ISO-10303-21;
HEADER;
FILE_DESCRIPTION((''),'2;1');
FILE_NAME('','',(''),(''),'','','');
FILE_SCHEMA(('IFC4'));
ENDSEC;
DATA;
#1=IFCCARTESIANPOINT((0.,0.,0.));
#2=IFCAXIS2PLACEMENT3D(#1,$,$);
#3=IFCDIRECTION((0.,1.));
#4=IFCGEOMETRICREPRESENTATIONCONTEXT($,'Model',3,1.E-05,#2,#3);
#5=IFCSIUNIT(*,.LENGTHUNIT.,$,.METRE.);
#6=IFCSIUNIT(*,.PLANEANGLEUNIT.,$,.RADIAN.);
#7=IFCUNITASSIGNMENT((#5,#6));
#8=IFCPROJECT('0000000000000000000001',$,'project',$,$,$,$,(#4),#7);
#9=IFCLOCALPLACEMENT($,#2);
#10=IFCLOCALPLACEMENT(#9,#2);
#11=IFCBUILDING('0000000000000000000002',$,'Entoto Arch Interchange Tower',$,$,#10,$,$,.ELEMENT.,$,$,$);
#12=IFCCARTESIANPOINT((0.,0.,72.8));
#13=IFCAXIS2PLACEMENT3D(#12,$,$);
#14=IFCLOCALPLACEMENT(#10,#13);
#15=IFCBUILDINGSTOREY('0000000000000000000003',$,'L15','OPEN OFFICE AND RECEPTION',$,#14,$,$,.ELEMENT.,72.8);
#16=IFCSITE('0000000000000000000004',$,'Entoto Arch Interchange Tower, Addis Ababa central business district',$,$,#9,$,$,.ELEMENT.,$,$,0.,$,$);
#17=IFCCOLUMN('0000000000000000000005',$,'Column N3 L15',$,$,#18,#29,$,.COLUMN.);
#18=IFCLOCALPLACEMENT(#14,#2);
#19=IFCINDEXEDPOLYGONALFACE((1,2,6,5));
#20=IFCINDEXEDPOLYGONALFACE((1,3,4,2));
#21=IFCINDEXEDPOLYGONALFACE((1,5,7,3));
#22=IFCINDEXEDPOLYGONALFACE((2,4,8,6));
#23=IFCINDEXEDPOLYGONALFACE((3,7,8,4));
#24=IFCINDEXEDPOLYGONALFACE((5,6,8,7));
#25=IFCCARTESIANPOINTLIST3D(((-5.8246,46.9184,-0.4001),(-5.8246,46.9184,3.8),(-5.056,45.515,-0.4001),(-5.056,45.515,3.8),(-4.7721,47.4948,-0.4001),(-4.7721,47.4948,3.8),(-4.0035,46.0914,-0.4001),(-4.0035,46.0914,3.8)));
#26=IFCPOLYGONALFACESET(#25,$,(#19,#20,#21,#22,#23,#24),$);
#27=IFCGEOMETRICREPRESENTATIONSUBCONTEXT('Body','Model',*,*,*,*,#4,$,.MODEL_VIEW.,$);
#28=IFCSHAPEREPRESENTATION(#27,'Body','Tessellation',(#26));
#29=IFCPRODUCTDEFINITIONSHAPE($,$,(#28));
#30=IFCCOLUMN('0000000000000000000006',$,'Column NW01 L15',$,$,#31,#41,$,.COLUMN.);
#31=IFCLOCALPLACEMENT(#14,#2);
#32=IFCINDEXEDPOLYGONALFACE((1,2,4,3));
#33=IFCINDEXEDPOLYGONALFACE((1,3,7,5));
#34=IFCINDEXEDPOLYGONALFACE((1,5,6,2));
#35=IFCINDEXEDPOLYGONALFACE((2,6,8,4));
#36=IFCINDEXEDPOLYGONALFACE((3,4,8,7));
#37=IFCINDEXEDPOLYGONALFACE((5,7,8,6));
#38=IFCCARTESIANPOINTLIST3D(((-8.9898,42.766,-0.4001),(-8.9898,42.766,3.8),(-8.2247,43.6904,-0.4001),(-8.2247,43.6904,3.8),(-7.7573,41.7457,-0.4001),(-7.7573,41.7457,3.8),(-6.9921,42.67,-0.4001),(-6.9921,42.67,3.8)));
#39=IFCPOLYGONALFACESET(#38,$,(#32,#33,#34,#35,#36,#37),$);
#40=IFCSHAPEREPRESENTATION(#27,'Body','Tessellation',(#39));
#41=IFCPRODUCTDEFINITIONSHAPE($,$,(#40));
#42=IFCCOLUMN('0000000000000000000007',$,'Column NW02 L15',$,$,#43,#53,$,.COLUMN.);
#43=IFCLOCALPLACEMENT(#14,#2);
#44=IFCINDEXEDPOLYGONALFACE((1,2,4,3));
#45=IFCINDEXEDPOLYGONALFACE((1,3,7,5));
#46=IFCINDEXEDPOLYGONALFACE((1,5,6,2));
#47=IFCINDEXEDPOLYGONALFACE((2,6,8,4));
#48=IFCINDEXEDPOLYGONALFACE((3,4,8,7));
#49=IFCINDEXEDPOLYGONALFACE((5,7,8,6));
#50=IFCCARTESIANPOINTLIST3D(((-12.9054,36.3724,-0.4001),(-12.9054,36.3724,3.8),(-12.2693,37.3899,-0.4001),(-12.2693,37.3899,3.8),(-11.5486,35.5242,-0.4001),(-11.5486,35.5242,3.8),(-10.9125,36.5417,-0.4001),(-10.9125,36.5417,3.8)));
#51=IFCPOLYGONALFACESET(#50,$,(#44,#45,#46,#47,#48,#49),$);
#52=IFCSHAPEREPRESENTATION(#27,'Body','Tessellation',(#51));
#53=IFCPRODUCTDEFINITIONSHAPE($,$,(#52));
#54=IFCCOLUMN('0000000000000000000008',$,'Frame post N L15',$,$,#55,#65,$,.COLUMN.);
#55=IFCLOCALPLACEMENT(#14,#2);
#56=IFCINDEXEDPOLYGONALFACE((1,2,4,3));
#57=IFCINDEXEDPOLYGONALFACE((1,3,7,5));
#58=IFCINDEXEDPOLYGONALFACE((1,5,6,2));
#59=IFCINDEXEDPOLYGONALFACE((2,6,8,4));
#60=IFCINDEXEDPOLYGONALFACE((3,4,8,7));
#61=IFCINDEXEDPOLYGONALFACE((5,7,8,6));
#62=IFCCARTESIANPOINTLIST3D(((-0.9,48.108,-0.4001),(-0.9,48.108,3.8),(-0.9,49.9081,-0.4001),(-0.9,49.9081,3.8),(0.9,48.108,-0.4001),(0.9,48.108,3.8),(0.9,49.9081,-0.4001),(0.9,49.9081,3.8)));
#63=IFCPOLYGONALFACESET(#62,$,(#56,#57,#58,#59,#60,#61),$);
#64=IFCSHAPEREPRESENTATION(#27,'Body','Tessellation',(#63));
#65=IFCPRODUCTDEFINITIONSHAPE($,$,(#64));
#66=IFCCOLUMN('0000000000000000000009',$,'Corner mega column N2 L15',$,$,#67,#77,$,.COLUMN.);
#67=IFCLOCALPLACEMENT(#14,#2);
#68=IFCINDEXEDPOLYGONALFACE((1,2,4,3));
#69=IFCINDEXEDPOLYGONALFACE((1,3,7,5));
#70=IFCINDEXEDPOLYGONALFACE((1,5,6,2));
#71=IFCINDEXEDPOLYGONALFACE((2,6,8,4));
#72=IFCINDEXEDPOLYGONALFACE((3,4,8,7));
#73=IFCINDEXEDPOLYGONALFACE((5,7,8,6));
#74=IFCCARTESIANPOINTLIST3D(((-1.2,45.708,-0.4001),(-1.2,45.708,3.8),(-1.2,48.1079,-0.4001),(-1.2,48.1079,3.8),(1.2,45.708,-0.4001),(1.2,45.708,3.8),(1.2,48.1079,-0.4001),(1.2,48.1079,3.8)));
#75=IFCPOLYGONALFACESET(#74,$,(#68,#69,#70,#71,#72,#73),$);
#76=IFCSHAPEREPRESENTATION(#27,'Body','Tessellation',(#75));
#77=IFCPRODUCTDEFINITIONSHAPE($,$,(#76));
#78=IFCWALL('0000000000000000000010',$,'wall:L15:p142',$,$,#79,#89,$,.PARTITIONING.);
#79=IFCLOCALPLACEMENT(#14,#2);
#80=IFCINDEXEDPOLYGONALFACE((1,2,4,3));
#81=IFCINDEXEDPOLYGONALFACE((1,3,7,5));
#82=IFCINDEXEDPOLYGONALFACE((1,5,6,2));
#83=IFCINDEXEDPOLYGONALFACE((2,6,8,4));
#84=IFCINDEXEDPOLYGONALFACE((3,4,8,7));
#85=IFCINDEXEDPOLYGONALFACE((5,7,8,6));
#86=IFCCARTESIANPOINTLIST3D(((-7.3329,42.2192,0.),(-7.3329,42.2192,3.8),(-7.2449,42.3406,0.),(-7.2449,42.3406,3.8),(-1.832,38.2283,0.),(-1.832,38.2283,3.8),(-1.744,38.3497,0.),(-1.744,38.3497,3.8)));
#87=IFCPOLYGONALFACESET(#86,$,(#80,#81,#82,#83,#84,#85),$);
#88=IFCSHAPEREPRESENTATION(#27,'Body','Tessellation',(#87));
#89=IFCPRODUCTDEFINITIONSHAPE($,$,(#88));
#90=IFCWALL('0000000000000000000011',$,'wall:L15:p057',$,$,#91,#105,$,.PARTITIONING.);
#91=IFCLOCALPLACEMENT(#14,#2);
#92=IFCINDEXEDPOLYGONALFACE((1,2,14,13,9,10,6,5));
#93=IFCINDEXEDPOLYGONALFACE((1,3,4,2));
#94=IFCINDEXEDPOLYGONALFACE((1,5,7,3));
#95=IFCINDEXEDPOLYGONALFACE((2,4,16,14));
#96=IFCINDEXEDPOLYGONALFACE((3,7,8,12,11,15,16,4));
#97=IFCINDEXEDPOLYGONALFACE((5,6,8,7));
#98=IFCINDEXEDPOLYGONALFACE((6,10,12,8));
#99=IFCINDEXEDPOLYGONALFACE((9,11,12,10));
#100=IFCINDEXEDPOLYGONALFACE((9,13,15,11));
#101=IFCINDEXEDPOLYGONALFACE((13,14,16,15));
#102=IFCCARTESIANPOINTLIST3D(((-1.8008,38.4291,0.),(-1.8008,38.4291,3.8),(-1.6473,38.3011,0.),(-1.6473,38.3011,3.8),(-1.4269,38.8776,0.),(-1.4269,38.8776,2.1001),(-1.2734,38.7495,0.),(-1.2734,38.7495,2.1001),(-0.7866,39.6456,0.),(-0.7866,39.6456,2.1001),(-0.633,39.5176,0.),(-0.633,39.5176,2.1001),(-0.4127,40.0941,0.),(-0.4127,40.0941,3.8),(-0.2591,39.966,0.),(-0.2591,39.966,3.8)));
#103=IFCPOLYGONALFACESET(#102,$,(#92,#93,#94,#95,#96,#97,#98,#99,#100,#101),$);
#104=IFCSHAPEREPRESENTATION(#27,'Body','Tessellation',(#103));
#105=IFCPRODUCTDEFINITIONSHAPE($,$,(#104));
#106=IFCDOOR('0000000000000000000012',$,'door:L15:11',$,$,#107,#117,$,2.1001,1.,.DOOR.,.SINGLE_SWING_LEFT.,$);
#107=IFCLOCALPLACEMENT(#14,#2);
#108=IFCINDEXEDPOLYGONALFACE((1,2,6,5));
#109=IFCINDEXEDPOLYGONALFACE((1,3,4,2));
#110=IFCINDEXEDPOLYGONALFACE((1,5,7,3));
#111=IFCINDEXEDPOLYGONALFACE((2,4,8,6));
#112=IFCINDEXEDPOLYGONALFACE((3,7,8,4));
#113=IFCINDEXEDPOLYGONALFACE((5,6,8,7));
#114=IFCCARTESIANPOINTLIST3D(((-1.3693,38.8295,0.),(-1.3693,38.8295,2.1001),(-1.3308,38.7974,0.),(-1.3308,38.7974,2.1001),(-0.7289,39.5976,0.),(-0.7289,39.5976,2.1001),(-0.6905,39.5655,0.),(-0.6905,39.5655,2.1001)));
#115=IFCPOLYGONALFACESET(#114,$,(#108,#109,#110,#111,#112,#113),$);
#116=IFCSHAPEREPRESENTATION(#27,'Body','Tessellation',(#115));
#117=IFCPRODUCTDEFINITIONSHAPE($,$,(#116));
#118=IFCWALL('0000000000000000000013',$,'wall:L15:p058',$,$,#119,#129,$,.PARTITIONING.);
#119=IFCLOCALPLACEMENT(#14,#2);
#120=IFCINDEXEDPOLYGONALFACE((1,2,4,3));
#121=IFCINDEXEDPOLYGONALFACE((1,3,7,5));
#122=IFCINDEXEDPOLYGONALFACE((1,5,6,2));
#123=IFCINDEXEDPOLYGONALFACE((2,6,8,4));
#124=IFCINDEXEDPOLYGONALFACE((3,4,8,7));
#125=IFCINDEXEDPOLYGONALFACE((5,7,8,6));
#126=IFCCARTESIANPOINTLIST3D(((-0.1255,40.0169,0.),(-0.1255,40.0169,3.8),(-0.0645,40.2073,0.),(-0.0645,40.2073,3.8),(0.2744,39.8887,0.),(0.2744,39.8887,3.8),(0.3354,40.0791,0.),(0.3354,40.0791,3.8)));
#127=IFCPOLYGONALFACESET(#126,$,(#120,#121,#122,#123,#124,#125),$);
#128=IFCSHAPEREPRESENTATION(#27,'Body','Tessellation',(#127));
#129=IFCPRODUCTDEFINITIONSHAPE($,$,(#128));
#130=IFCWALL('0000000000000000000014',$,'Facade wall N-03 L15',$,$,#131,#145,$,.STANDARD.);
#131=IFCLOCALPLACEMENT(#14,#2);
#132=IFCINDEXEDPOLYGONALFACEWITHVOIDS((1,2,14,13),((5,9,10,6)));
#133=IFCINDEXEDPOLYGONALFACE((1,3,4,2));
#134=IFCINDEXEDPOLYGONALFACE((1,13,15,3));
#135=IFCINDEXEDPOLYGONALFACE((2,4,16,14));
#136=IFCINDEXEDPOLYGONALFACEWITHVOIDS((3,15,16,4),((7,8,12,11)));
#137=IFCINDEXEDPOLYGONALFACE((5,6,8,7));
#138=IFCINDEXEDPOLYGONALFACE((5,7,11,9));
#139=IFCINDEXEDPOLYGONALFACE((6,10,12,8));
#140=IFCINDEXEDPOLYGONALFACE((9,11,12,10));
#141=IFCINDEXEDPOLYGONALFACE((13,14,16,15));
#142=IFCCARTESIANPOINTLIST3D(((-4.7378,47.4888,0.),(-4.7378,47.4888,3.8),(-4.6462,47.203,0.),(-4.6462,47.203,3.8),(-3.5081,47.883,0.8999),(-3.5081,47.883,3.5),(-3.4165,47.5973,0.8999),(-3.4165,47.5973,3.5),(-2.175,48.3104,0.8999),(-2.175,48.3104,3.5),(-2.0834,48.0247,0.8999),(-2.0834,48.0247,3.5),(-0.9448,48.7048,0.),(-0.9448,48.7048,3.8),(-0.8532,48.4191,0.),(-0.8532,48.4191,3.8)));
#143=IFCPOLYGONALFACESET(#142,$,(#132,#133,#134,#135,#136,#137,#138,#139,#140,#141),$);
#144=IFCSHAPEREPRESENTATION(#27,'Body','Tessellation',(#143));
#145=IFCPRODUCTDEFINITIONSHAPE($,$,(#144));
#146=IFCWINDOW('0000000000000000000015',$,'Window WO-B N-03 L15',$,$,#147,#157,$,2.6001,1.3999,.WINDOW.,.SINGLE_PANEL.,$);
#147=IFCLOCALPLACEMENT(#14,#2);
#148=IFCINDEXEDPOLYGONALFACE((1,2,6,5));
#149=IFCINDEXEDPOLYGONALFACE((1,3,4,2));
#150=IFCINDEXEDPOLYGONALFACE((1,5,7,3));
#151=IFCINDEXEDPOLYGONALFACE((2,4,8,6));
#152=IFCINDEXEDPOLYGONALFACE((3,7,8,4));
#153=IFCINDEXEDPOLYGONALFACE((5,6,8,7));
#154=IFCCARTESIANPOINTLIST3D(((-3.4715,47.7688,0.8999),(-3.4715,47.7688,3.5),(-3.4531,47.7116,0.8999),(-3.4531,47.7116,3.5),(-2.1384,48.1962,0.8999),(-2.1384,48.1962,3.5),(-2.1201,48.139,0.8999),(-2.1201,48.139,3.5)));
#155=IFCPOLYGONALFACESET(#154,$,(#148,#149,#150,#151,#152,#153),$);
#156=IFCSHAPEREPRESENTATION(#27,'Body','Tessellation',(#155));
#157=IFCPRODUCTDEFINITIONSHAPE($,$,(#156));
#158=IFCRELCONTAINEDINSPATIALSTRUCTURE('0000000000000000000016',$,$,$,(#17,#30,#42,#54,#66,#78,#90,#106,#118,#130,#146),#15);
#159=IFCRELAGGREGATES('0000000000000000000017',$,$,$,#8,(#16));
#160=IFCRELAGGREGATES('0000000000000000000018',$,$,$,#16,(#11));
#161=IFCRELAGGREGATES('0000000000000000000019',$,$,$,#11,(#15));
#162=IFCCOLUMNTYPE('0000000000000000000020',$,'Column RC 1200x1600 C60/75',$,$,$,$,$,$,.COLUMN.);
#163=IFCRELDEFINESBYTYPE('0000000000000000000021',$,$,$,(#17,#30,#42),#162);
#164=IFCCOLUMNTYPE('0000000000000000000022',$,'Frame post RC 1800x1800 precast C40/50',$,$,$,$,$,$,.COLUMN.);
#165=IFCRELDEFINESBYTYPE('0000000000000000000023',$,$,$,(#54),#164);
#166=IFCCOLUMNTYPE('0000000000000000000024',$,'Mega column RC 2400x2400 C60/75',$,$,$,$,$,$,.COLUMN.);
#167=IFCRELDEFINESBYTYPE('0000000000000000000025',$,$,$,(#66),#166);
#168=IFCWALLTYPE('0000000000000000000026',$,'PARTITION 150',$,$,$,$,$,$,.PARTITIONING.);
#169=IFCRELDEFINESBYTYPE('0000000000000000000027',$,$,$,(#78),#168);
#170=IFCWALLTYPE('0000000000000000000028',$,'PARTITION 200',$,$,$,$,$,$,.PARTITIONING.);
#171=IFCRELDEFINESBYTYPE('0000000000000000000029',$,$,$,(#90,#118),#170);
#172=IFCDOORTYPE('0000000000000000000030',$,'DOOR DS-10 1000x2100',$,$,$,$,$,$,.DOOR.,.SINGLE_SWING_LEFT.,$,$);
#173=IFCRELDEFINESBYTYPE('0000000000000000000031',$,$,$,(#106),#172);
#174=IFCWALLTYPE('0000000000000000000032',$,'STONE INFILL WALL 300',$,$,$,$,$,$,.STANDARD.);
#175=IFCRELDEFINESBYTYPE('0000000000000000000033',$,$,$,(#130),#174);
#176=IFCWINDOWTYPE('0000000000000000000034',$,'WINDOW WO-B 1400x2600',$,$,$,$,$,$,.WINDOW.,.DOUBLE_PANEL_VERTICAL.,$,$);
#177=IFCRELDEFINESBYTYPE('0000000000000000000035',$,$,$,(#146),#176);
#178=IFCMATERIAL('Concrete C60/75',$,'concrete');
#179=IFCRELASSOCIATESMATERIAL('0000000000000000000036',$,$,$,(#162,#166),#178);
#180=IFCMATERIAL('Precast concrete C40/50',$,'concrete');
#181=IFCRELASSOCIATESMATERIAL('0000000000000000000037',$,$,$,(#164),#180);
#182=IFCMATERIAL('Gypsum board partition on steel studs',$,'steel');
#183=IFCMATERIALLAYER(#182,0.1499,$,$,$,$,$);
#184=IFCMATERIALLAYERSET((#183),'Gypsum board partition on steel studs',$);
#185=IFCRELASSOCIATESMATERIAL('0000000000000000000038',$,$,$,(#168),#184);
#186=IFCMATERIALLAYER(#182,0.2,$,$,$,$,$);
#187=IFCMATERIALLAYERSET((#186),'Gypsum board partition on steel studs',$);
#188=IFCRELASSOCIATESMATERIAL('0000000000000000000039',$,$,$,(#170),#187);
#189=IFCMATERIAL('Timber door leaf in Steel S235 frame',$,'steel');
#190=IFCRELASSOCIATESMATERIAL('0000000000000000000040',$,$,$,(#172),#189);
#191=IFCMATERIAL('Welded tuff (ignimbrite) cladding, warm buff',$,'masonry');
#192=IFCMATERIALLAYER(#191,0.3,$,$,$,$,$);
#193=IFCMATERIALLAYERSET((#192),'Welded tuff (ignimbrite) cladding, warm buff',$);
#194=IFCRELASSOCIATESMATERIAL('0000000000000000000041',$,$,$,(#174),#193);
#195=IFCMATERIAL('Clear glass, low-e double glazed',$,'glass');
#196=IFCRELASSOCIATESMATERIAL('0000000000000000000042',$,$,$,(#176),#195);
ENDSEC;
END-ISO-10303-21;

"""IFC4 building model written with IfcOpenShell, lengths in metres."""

from ifc_helpers import new_model, si_unit, direction, frame, frame_2d, origin, origin_2d, place, context, subcontext, project, spatial, rectangle, extrude, material, layer, layer_set, material_profile, profile_set, type_object, element, fill, save


model = new_model("IFC4")

# Units and contexts
model_context = context("Model", 3, precision=1e-05, world=origin(), true_north=direction((0.0, 1.0)))
body_context = subcontext(model_context, "Body", "Model", "MODEL_VIEW")
ifc_project = project(units=[si_unit("LENGTHUNIT", "METRE"), si_unit("PLANEANGLEUNIT", "RADIAN")], contexts=[model_context])

# Site, building, storey
site_placement = place(None, origin())
site = spatial("IfcSite", under=ifc_project, at=site_placement, Name="Entoto Arch Interchange Tower, Addis Ababa central business district", CompositionType="ELEMENT", RefElevation=0.0)
building_placement = place(site_placement, origin())
building = spatial("IfcBuilding", under=site, at=building_placement, Name="Entoto Arch Interchange Tower", CompositionType="ELEMENT")
storey_placement = place(building_placement, frame((0.0, 0.0, 72.8)))
storey = spatial("IfcBuildingStorey", under=building, at=storey_placement, Name="L15", Description="OPEN OFFICE AND RECEPTION", CompositionType="ELEMENT", Elevation=72.8)

# Columns
ifc_material_1 = material(Name="Concrete C60/75", Category="concrete")
ifc_material_profile_1 = material_profile(ifc_material_1, rectangle(XDim=1.2, YDim=1.6001, at=origin_2d()))
ifc_profile_set_1 = profile_set([ifc_material_profile_1], Name="Concrete C60/75")
column_type_1 = type_object("IfcColumnType", Name="Column RC 1200x1600 C60/75", PredefinedType="COLUMN", material=ifc_profile_set_1)
for number, where, z_axis, x_axis, name in (
    (1, (-4.9141, 46.5049, -0.4001), (0.0, 0.0, 1.0), (0.877079, 0.480346, 0.0), "Column N3 L15"),
    (2, (-7.991, 42.718, -0.4001), (0.0, 0.0, 1.0), (0.637666, 0.770313, 0.0), "Column NW01 L15"),
    (3, (-11.9089, 36.457, -0.4001), (0.0, 0.0, 1.0), (0.530067, 0.847956, 0.0), "Column NW02 L15"),
):
    element("IfcColumn", number, at=place(storey_placement, frame(where, z_axis=z_axis, x_axis=x_axis)), inside=storey, type_object=column_type_1, Name=name, PredefinedType="COLUMN", context=body_context, shape_type="SweptSolid", body=[
        extrude(rectangle(XDim=1.2, YDim=1.6001, at=origin_2d()), origin(), (0.0, 0.0, 1.0), 4.2002),
    ])
ifc_material_2 = material(Name="Precast concrete C40/50", Category="concrete")
ifc_material_profile_2 = material_profile(ifc_material_2, rectangle(XDim=1.8, YDim=1.8, at=origin_2d()))
ifc_profile_set_2 = profile_set([ifc_material_profile_2], Name="Precast concrete C40/50")
column_type_2 = type_object("IfcColumnType", Name="Frame post RC 1800x1800 precast C40/50", PredefinedType="COLUMN", material=ifc_profile_set_2)
column_1_placement = place(storey_placement, frame((0.0, 49.0081, -0.4001), z_axis=(0.0, 0.0, 1.0), x_axis=(0.0, 1.0, 0.0)))
element("IfcColumn", 4, at=column_1_placement, inside=storey, type_object=column_type_2, Name="Frame post N L15", PredefinedType="COLUMN", context=body_context, shape_type="SweptSolid", body=[
    extrude(rectangle(XDim=1.8, YDim=1.8, at=origin_2d()), origin(), (0.0, 0.0, 1.0), 4.2002),
])
ifc_material_profile_3 = material_profile(ifc_material_1, rectangle(XDim=2.3999, YDim=2.3999, at=origin_2d()))
ifc_profile_set_3 = profile_set([ifc_material_profile_3], Name="Concrete C60/75")
column_type_3 = type_object("IfcColumnType", Name="Mega column RC 2400x2400 C60/75", PredefinedType="COLUMN", material=ifc_profile_set_3)
column_2_placement = place(storey_placement, frame((0.0, 46.908, -0.4001), z_axis=(0.0, 0.0, 1.0), x_axis=(0.0, 1.0, 0.0)))
element("IfcColumn", 5, at=column_2_placement, inside=storey, type_object=column_type_3, Name="Corner mega column N2 L15", PredefinedType="COLUMN", context=body_context, shape_type="SweptSolid", body=[
    extrude(rectangle(XDim=2.3999, YDim=2.3999, at=origin_2d()), origin(), (0.0, 0.0, 1.0), 4.2002),
])

# Wall
ifc_material_3 = material(Name="Gypsum board partition on steel studs", Category="steel")
ifc_layer_1 = layer(ifc_material_3, 0.1499)
ifc_layer_set_1 = layer_set([ifc_layer_1], Name="Gypsum board partition on steel studs")
wall_type_1 = type_object("IfcWallType", Name="PARTITION 150", PredefinedType="PARTITIONING", material=ifc_layer_set_1)
wall_1_placement = place(storey_placement, frame((-1.7881, 38.2891, 0.0), z_axis=(0.0, 0.0, 1.0), x_axis=(-0.809417, 0.587234, 0.0)))
element("IfcWall", 6, at=wall_1_placement, inside=storey, type_object=wall_type_1, Name="wall:L15:p142", PredefinedType="PARTITIONING", context=body_context, shape_type="SweptSolid", body=[
    extrude(rectangle(XDim=6.7961, YDim=0.1499, at=frame_2d((3.3979, 0.0))), origin(), (0.0, 0.0, 1.0), 3.8),
])

# Wall, opening, door
ifc_layer_2 = layer(ifc_material_3, 0.2)
ifc_layer_set_2 = layer_set([ifc_layer_2], Name="Gypsum board partition on steel studs")
wall_type_2 = type_object("IfcWallType", Name="PARTITION 200", PredefinedType="PARTITIONING", material=ifc_layer_set_2)
wall_2_placement = place(storey_placement, frame((-1.7241, 38.365, 0.0), z_axis=(0.0, 0.0, 1.0), x_axis=(0.640362, 0.768074, 0.0)))
wall_2 = element("IfcWall", 7, at=wall_2_placement, inside=storey, type_object=wall_type_2, Name="wall:L15:p057", PredefinedType="PARTITIONING", context=body_context, shape_type="SweptSolid", body=[
    extrude(rectangle(XDim=2.1677, YDim=0.2, at=frame_2d((1.084, 0.0))), origin(), (0.0, 0.0, 1.0), 3.8),
])
opening_1_placement = place(wall_2_placement, frame((0.584, 0.0, 0.0)))
opening_1 = element("IfcOpeningElement", 8, at=opening_1_placement, cuts=wall_2, PredefinedType="OPENING", context=body_context, shape_type="SweptSolid", body=[
    extrude(rectangle(XDim=1.0, YDim=2.1001, at=frame_2d((0.5, 1.05))), frame((0.0, 0.1099, 0.0), z_axis=(0.0, -1.0, 0.0), x_axis=(1.0, 0.0, 0.0)), (0.0, 0.0, 1.0), 0.22),
])
ifc_material_4 = material(Name="Timber door leaf in Steel S235 frame", Category="steel")
door_type = type_object("IfcDoorType", Name="DOOR DS-10 1000x2100", OperationType="SINGLE_SWING_LEFT", PredefinedType="DOOR", material=ifc_material_4)
door_placement = place(opening_1_placement, origin())
door = element("IfcDoor", 9, at=door_placement, inside=storey, type_object=door_type, Name="door:L15:11", OperationType="SINGLE_SWING_LEFT", OverallHeight=2.1001, OverallWidth=1.0, PredefinedType="DOOR", context=body_context, shape_type="SweptSolid", body=[
    extrude(rectangle(XDim=1.0, YDim=2.1001, at=frame_2d((0.5, 1.05))), frame((0.0, 0.0249, 0.0), z_axis=(0.0, -1.0, 0.0), x_axis=(1.0, 0.0, 0.0)), (0.0, 0.0, 1.0), 0.05),
])
fill(opening_1, door)

# Wall
wall_3_placement = place(storey_placement, frame((-0.095, 40.1121, 0.0), z_axis=(0.0, 0.0, 1.0), x_axis=(0.952282, -0.305219, 0.0)))
element("IfcWall", 10, at=wall_3_placement, inside=storey, type_object=wall_type_2, Name="wall:L15:p058", PredefinedType="PARTITIONING", context=body_context, shape_type="SweptSolid", body=[
    extrude(rectangle(XDim=0.4199, YDim=0.2, at=frame_2d((0.21, 0.0))), origin(), (0.0, 0.0, 1.0), 3.8),
])

# Wall, opening, window
ifc_material_5 = material(Name="Welded tuff (ignimbrite) cladding, warm buff", Category="masonry")
ifc_layer_3 = layer(ifc_material_5, 0.3)
ifc_layer_set_3 = layer_set([ifc_layer_3], Name="Welded tuff (ignimbrite) cladding, warm buff")
wall_type_3 = type_object("IfcWallType", Name="STONE INFILL WALL 300", PredefinedType="STANDARD", material=ifc_layer_set_3)
wall_4_placement = place(storey_placement, frame((-0.8989, 48.562, 0.0), z_axis=(0.0, 0.0, 1.0), x_axis=(-0.952255, -0.305303, 0.0)))
wall_4 = element("IfcWall", 11, at=wall_4_placement, inside=storey, type_object=wall_type_3, Name="Facade wall N-03 L15", PredefinedType="STANDARD", context=body_context, shape_type="SweptSolid", body=[
    extrude(rectangle(XDim=3.9832, YDim=0.3, at=frame_2d((1.9917, 0.0))), origin(), (0.0, 0.0, 1.0), 3.8),
])
opening_2_placement = place(wall_4_placement, frame((1.292, 0.0, 0.8999)))
opening_2 = element("IfcOpeningElement", 12, at=opening_2_placement, cuts=wall_4, PredefinedType="OPENING", context=body_context, shape_type="SweptSolid", body=[
    extrude(rectangle(XDim=1.3999, YDim=2.6001, at=frame_2d((0.7, 1.3))), frame((0.0, 0.1602, 0.0), z_axis=(0.0, -1.0, 0.0), x_axis=(1.0, 0.0, 0.0)), (0.0, 0.0, 1.0), 0.3201),
])
ifc_material_6 = material(Name="Clear glass, low-e double glazed", Category="glass")
window_type_1 = type_object("IfcWindowType", Name="WINDOW WO-B 1400x2600", PartitioningType="DOUBLE_PANEL_VERTICAL", PredefinedType="WINDOW", material=ifc_material_6)
window_1_placement = place(opening_2_placement, origin())
window_1 = element("IfcWindow", 13, at=window_1_placement, inside=storey, type_object=window_type_1, Name="Window WO-B N-03 L15", OverallHeight=2.6001, OverallWidth=1.3999, PartitioningType="SINGLE_PANEL", PredefinedType="WINDOW", context=body_context, shape_type="SweptSolid", body=[
    extrude(rectangle(XDim=1.3999, YDim=2.6001, at=frame_2d((0.7, 1.3))), frame((0.0, 0.03, 0.0), z_axis=(0.0, -1.0, 0.0), x_axis=(1.0, 0.0, 0.0)), (0.0, 0.0, 1.0), 0.0601),
])
fill(opening_2, window_1)

save(model, "model.ifc")
